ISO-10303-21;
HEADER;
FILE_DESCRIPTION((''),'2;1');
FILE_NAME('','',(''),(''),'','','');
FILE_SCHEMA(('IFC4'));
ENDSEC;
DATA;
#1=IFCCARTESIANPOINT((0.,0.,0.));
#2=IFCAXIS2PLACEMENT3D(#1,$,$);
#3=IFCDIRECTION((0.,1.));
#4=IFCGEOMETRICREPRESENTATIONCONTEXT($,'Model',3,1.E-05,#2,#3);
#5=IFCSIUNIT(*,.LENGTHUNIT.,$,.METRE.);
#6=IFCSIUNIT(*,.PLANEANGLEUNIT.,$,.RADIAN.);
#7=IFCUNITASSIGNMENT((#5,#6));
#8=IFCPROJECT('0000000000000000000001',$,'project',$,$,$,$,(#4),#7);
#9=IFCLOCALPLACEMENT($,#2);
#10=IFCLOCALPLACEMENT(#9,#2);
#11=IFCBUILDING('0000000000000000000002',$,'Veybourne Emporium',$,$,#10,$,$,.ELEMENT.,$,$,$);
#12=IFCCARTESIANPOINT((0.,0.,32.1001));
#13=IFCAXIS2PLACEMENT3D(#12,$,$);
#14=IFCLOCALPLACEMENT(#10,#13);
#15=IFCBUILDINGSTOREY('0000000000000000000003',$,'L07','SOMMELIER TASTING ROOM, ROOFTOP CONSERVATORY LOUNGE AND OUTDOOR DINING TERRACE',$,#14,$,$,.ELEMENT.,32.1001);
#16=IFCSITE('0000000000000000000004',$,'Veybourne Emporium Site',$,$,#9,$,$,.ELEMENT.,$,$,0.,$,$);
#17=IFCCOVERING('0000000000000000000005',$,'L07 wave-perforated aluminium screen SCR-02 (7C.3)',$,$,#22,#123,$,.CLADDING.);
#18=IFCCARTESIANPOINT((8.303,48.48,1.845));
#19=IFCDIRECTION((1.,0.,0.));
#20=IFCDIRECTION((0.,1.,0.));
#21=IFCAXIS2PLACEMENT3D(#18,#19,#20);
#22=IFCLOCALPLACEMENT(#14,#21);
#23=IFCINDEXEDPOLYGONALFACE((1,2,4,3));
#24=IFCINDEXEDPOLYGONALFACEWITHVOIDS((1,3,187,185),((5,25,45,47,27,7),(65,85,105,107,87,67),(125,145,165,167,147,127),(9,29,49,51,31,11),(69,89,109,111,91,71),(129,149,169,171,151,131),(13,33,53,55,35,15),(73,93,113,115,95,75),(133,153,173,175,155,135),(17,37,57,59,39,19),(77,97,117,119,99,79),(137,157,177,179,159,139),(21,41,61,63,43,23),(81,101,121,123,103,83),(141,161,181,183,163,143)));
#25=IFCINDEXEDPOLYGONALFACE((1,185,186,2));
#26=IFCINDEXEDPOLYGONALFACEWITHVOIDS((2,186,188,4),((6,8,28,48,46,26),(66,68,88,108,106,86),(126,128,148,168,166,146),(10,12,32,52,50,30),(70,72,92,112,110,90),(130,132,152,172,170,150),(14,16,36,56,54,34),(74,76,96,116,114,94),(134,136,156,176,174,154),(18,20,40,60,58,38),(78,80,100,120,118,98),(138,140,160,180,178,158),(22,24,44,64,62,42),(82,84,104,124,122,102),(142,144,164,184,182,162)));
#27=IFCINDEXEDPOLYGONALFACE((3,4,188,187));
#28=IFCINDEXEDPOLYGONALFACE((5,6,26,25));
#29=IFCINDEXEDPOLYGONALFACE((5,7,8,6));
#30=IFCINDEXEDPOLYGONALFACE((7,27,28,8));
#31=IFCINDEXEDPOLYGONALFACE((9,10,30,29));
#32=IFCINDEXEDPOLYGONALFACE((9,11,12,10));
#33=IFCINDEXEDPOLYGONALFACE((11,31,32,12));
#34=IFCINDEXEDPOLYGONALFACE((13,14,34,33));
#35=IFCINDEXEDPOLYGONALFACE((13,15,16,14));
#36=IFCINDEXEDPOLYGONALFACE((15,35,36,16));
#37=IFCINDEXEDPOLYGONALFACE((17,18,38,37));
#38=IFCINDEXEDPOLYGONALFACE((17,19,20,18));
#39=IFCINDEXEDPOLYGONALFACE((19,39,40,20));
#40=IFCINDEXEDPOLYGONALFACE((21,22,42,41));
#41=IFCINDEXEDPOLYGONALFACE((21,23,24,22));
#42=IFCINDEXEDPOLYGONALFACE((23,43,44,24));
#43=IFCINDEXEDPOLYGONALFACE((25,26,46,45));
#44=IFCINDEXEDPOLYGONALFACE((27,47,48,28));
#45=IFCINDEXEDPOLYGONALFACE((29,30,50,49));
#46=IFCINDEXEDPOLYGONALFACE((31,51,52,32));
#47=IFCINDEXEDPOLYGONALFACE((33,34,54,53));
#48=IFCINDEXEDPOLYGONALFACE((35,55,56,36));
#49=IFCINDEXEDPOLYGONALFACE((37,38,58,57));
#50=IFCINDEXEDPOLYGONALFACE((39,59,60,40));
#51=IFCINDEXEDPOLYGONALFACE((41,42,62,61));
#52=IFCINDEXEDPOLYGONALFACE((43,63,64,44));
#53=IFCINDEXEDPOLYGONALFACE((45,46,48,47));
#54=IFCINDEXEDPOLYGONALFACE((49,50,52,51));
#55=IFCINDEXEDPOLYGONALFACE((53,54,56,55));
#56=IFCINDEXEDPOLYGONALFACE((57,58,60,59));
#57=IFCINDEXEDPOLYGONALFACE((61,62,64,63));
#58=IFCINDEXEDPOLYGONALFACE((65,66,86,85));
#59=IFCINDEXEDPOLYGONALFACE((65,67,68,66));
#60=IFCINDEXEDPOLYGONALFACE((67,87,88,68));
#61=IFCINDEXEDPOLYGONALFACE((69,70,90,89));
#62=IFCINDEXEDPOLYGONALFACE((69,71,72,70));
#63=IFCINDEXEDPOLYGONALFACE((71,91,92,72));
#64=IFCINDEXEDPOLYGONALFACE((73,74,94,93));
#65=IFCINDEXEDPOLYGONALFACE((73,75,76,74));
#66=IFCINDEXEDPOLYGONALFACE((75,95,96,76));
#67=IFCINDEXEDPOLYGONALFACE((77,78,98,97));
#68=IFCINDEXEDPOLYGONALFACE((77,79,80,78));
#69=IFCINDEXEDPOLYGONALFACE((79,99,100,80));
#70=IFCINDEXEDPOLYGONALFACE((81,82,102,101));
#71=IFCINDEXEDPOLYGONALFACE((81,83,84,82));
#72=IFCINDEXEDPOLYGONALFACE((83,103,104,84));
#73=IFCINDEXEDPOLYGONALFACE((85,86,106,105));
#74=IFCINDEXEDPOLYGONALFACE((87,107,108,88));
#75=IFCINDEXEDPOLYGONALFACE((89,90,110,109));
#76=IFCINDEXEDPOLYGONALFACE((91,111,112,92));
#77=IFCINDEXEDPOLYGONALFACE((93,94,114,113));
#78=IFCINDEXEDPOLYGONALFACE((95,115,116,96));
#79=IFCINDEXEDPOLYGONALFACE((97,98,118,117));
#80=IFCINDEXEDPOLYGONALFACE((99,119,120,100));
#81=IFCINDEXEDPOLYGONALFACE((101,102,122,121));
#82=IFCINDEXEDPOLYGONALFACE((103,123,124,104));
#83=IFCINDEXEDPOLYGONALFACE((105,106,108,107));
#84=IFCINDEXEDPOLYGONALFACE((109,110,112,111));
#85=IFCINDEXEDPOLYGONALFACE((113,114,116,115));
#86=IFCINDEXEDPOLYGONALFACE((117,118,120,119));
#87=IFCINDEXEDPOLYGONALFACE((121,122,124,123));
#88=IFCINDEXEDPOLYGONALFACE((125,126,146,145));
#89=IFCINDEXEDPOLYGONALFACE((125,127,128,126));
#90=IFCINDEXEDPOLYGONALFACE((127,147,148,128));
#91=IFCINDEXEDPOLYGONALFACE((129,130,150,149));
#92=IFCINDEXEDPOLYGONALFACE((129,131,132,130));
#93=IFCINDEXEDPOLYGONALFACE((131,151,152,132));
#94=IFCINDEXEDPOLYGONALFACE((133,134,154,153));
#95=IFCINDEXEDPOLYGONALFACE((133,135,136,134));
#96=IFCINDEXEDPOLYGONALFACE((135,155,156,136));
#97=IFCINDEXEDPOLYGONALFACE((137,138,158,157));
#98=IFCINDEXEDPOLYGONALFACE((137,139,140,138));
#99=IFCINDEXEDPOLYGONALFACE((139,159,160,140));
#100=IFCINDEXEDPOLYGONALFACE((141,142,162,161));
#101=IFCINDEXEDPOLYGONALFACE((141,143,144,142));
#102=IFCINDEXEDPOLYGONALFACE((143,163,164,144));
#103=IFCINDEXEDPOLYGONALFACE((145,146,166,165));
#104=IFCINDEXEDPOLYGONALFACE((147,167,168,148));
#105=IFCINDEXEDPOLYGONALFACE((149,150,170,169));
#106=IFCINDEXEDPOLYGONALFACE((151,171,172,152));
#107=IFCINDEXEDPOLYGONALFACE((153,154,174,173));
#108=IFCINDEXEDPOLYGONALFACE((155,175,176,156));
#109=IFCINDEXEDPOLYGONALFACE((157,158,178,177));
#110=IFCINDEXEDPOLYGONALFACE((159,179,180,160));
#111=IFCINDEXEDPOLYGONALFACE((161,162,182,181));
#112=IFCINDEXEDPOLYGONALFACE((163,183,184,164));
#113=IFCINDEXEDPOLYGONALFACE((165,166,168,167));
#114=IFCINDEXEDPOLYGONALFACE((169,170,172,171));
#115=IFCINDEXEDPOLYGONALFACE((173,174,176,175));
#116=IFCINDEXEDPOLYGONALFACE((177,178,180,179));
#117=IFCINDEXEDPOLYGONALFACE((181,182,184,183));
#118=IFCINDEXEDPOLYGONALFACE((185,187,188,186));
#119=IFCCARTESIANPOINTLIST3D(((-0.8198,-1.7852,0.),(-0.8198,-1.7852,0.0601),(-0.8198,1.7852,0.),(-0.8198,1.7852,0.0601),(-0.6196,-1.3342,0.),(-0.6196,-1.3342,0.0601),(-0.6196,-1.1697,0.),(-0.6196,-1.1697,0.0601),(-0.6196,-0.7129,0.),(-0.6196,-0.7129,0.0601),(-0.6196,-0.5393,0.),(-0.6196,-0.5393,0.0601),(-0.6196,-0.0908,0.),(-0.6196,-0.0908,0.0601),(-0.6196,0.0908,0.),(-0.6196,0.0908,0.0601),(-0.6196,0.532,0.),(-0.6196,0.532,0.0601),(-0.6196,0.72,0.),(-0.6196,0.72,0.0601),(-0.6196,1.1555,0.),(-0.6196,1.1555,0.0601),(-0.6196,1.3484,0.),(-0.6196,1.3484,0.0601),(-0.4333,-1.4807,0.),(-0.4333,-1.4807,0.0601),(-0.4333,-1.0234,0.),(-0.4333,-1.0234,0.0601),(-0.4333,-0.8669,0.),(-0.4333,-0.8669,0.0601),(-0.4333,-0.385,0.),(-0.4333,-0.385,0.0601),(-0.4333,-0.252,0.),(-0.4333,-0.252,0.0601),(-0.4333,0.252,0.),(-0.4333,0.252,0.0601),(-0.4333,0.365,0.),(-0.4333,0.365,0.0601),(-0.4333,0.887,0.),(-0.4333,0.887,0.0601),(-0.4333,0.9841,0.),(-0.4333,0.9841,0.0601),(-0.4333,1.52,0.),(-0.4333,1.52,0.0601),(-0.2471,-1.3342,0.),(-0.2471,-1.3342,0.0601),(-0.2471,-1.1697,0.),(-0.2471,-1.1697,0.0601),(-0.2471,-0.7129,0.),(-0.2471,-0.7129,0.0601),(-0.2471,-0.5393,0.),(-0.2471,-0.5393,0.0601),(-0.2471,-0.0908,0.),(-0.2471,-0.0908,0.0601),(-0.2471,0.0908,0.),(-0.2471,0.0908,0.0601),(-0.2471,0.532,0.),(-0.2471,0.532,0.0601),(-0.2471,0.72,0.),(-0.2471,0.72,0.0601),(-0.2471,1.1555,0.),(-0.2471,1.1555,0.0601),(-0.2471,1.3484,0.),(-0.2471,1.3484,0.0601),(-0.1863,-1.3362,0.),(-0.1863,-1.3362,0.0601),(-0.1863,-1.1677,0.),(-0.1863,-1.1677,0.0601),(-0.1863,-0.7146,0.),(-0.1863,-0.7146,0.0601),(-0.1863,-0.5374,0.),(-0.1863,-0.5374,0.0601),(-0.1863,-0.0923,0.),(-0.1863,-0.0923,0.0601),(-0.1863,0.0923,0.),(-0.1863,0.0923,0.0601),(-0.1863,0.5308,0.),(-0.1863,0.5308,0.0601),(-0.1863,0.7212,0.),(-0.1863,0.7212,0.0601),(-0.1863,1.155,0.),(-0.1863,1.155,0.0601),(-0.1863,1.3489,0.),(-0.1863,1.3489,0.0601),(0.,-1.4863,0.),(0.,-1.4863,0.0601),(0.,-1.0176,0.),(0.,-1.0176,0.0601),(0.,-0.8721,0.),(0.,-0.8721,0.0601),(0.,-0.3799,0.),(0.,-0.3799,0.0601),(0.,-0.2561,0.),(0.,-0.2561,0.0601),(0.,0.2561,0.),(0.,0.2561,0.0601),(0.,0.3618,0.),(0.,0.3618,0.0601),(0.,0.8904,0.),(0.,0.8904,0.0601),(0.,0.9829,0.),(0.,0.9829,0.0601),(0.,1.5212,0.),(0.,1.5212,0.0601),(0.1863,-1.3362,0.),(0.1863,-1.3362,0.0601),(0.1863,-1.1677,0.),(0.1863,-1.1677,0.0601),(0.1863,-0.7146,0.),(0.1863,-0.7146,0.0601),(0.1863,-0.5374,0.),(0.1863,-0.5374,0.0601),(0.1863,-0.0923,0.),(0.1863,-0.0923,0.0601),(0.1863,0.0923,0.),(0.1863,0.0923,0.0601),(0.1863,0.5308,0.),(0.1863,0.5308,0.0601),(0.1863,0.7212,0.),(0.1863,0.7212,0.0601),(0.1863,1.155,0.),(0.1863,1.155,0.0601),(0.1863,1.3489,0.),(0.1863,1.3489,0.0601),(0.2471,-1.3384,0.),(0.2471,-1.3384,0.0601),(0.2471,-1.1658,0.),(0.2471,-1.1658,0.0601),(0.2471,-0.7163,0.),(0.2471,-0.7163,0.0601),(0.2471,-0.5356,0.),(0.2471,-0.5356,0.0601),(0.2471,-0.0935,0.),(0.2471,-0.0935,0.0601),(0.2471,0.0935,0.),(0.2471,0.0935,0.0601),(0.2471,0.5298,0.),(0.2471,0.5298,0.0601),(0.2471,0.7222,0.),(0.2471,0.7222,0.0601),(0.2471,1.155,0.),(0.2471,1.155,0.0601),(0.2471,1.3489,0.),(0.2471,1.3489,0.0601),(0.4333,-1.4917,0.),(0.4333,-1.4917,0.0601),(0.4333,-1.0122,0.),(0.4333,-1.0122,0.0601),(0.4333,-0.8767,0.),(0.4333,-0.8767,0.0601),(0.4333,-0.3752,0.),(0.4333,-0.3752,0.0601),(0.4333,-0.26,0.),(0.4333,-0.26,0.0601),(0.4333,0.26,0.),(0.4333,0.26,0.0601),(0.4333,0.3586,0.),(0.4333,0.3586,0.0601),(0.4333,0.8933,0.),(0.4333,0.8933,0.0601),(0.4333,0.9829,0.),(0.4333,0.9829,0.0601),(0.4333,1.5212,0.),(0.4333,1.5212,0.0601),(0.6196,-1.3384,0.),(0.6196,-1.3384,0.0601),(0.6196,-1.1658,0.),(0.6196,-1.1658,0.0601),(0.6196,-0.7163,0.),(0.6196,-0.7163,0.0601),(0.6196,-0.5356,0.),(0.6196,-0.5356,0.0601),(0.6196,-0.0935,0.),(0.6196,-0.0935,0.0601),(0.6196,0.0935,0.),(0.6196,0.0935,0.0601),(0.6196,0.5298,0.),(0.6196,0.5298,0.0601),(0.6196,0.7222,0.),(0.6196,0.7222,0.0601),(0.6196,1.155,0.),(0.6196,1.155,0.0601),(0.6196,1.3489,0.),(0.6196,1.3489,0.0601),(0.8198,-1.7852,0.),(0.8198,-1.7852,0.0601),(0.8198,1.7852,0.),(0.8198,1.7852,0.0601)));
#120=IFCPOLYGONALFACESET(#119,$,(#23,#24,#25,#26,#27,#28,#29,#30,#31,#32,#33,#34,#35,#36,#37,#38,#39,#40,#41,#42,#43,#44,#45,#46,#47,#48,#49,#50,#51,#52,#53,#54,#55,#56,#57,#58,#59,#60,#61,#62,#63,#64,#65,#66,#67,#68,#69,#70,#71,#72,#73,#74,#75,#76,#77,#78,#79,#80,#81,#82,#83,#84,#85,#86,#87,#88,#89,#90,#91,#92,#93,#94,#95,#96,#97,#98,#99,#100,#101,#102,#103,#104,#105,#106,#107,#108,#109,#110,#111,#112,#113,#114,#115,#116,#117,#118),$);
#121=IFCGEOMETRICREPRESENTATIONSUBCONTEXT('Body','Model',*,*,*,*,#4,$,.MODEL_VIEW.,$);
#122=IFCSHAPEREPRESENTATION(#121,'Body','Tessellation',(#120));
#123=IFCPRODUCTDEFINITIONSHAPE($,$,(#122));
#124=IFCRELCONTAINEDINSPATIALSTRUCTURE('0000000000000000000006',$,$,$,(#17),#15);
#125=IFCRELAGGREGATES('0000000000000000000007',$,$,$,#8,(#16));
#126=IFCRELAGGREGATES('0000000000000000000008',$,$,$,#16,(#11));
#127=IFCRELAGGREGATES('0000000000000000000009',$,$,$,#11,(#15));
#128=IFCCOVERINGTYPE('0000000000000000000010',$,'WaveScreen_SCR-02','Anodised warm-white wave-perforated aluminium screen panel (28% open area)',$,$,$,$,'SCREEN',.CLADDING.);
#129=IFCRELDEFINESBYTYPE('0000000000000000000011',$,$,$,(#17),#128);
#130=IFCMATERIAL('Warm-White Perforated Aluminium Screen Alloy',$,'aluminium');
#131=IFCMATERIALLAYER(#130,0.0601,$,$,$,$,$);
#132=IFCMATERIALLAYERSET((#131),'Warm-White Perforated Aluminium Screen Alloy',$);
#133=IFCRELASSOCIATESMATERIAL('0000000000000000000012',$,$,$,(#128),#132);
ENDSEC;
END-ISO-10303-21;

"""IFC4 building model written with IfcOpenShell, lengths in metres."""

from ifc_helpers import new_model, si_unit, direction, frame, origin, place, context, subcontext, project, spatial, polyline, outline, extrude, material, layer, layer_set, type_object, element, save


model = new_model("IFC4")

# Units and contexts
model_context = context("Model", 3, precision=1e-05, world=origin(), true_north=direction((0.0, 1.0)))
body_context = subcontext(model_context, "Body", "Model", "MODEL_VIEW")
ifc_project = project(units=[si_unit("LENGTHUNIT", "METRE"), si_unit("PLANEANGLEUNIT", "RADIAN")], contexts=[model_context])

# Site, building, storey
site_placement = place(None, origin())
site = spatial("IfcSite", under=ifc_project, at=site_placement, Name="Veybourne Emporium Site", CompositionType="ELEMENT", RefElevation=0.0)
building_placement = place(site_placement, origin())
building = spatial("IfcBuilding", under=site, at=building_placement, Name="Veybourne Emporium", CompositionType="ELEMENT")
storey_placement = place(building_placement, frame((0.0, 0.0, 32.1001)))
storey = spatial("IfcBuildingStorey", under=building, at=storey_placement, Name="L07", Description="SOMMELIER TASTING ROOM, ROOFTOP CONSERVATORY LOUNGE AND OUTDOOR DINING TERRACE", CompositionType="ELEMENT", Elevation=32.1001)

# Covering
ifc_material_1 = material(Name="Warm-White Perforated Aluminium Screen Alloy", Category="aluminium")
ifc_layer_1 = layer(ifc_material_1, 0.0601)
ifc_layer_set_1 = layer_set([ifc_layer_1], Name="Warm-White Perforated Aluminium Screen Alloy")
covering_type_1 = type_object("IfcCoveringType", Name="WaveScreen_SCR-02", Description="Anodised warm-white wave-perforated aluminium screen panel (28% open area)", ElementType="SCREEN", PredefinedType="CLADDING", material=ifc_layer_set_1)
covering_1_placement = place(storey_placement, frame((8.303, 48.48, 1.845), z_axis=(1.0, 0.0, 0.0), x_axis=(0.0, 1.0, 0.0)))
element("IfcCovering", 1, at=covering_1_placement, inside=storey, type_object=covering_type_1, Name="L07 wave-perforated aluminium screen SCR-02 (7C.3)", PredefinedType="CLADDING", context=body_context, shape_type="SweptSolid", body=[
    extrude(outline(polyline([(-0.8198, -1.7852), (0.8198, -1.7852), (0.8198, 1.7852), (-0.8198, 1.7852), (-0.8198, -1.7852)]), holes=[polyline([(-0.4333, -1.0234), (-0.2471, -1.1697), (-0.2471, -1.3342), (-0.4333, -1.4807), (-0.6196, -1.3342), (-0.6196, -1.1697), (-0.4333, -1.0234)]), polyline([(-0.4333, -0.385), (-0.2471, -0.5393), (-0.2471, -0.7129), (-0.4333, -0.8669), (-0.6196, -0.7129), (-0.6196, -0.5393), (-0.4333, -0.385)]), polyline([(-0.4333, 0.252), (-0.2471, 0.0908), (-0.2471, -0.0908), (-0.4333, -0.252), (-0.6196, -0.0908), (-0.6196, 0.0908), (-0.4333, 0.252)]), polyline([(-0.4333, 0.887), (-0.2471, 0.72), (-0.2471, 0.532), (-0.4333, 0.365), (-0.6196, 0.532), (-0.6196, 0.72), (-0.4333, 0.887)]), polyline([(-0.4333, 1.52), (-0.2471, 1.3484), (-0.2471, 1.1555), (-0.4333, 0.9841), (-0.6196, 1.1555), (-0.6196, 1.3484), (-0.4333, 1.52)]), polyline([(0.0, -1.0176), (0.1863, -1.1677), (0.1863, -1.3362), (0.0, -1.4863), (-0.1863, -1.3362), (-0.1863, -1.1677), (0.0, -1.0176)]), polyline([(0.0, -0.3799), (0.1863, -0.5374), (0.1863, -0.7146), (0.0, -0.8721), (-0.1863, -0.7146), (-0.1863, -0.5374), (0.0, -0.3799)]), polyline([(0.0, 0.2561), (0.1863, 0.0923), (0.1863, -0.0923), (0.0, -0.2561), (-0.1863, -0.0923), (-0.1863, 0.0923), (0.0, 0.2561)]), polyline([(0.0, 0.8904), (0.1863, 0.7212), (0.1863, 0.5308), (0.0, 0.3618), (-0.1863, 0.5308), (-0.1863, 0.7212), (0.0, 0.8904)]), polyline([(0.0, 1.5212), (0.1863, 1.3489), (0.1863, 1.155), (0.0, 0.9829), (-0.1863, 1.155), (-0.1863, 1.3489), (0.0, 1.5212)]), polyline([(0.4333, -1.0122), (0.6196, -1.1658), (0.6196, -1.3384), (0.4333, -1.4917), (0.2471, -1.3384), (0.2471, -1.1658), (0.4333, -1.0122)]), polyline([(0.4333, -0.3752), (0.6196, -0.5356), (0.6196, -0.7163), (0.4333, -0.8767), (0.2471, -0.7163), (0.2471, -0.5356), (0.4333, -0.3752)]), polyline([(0.4333, 0.26), (0.6196, 0.0935), (0.6196, -0.0935), (0.4333, -0.26), (0.2471, -0.0935), (0.2471, 0.0935), (0.4333, 0.26)]), polyline([(0.4333, 0.8933), (0.6196, 0.7222), (0.6196, 0.5298), (0.4333, 0.3586), (0.2471, 0.5298), (0.2471, 0.7222), (0.4333, 0.8933)]), polyline([(0.4333, 1.5212), (0.6196, 1.3489), (0.6196, 1.155), (0.4333, 0.9829), (0.2471, 1.155), (0.2471, 1.3489), (0.4333, 1.5212)])]), origin(), (0.0, 0.0, 1.0), 0.0601),
])

save(model, "model.ifc")
